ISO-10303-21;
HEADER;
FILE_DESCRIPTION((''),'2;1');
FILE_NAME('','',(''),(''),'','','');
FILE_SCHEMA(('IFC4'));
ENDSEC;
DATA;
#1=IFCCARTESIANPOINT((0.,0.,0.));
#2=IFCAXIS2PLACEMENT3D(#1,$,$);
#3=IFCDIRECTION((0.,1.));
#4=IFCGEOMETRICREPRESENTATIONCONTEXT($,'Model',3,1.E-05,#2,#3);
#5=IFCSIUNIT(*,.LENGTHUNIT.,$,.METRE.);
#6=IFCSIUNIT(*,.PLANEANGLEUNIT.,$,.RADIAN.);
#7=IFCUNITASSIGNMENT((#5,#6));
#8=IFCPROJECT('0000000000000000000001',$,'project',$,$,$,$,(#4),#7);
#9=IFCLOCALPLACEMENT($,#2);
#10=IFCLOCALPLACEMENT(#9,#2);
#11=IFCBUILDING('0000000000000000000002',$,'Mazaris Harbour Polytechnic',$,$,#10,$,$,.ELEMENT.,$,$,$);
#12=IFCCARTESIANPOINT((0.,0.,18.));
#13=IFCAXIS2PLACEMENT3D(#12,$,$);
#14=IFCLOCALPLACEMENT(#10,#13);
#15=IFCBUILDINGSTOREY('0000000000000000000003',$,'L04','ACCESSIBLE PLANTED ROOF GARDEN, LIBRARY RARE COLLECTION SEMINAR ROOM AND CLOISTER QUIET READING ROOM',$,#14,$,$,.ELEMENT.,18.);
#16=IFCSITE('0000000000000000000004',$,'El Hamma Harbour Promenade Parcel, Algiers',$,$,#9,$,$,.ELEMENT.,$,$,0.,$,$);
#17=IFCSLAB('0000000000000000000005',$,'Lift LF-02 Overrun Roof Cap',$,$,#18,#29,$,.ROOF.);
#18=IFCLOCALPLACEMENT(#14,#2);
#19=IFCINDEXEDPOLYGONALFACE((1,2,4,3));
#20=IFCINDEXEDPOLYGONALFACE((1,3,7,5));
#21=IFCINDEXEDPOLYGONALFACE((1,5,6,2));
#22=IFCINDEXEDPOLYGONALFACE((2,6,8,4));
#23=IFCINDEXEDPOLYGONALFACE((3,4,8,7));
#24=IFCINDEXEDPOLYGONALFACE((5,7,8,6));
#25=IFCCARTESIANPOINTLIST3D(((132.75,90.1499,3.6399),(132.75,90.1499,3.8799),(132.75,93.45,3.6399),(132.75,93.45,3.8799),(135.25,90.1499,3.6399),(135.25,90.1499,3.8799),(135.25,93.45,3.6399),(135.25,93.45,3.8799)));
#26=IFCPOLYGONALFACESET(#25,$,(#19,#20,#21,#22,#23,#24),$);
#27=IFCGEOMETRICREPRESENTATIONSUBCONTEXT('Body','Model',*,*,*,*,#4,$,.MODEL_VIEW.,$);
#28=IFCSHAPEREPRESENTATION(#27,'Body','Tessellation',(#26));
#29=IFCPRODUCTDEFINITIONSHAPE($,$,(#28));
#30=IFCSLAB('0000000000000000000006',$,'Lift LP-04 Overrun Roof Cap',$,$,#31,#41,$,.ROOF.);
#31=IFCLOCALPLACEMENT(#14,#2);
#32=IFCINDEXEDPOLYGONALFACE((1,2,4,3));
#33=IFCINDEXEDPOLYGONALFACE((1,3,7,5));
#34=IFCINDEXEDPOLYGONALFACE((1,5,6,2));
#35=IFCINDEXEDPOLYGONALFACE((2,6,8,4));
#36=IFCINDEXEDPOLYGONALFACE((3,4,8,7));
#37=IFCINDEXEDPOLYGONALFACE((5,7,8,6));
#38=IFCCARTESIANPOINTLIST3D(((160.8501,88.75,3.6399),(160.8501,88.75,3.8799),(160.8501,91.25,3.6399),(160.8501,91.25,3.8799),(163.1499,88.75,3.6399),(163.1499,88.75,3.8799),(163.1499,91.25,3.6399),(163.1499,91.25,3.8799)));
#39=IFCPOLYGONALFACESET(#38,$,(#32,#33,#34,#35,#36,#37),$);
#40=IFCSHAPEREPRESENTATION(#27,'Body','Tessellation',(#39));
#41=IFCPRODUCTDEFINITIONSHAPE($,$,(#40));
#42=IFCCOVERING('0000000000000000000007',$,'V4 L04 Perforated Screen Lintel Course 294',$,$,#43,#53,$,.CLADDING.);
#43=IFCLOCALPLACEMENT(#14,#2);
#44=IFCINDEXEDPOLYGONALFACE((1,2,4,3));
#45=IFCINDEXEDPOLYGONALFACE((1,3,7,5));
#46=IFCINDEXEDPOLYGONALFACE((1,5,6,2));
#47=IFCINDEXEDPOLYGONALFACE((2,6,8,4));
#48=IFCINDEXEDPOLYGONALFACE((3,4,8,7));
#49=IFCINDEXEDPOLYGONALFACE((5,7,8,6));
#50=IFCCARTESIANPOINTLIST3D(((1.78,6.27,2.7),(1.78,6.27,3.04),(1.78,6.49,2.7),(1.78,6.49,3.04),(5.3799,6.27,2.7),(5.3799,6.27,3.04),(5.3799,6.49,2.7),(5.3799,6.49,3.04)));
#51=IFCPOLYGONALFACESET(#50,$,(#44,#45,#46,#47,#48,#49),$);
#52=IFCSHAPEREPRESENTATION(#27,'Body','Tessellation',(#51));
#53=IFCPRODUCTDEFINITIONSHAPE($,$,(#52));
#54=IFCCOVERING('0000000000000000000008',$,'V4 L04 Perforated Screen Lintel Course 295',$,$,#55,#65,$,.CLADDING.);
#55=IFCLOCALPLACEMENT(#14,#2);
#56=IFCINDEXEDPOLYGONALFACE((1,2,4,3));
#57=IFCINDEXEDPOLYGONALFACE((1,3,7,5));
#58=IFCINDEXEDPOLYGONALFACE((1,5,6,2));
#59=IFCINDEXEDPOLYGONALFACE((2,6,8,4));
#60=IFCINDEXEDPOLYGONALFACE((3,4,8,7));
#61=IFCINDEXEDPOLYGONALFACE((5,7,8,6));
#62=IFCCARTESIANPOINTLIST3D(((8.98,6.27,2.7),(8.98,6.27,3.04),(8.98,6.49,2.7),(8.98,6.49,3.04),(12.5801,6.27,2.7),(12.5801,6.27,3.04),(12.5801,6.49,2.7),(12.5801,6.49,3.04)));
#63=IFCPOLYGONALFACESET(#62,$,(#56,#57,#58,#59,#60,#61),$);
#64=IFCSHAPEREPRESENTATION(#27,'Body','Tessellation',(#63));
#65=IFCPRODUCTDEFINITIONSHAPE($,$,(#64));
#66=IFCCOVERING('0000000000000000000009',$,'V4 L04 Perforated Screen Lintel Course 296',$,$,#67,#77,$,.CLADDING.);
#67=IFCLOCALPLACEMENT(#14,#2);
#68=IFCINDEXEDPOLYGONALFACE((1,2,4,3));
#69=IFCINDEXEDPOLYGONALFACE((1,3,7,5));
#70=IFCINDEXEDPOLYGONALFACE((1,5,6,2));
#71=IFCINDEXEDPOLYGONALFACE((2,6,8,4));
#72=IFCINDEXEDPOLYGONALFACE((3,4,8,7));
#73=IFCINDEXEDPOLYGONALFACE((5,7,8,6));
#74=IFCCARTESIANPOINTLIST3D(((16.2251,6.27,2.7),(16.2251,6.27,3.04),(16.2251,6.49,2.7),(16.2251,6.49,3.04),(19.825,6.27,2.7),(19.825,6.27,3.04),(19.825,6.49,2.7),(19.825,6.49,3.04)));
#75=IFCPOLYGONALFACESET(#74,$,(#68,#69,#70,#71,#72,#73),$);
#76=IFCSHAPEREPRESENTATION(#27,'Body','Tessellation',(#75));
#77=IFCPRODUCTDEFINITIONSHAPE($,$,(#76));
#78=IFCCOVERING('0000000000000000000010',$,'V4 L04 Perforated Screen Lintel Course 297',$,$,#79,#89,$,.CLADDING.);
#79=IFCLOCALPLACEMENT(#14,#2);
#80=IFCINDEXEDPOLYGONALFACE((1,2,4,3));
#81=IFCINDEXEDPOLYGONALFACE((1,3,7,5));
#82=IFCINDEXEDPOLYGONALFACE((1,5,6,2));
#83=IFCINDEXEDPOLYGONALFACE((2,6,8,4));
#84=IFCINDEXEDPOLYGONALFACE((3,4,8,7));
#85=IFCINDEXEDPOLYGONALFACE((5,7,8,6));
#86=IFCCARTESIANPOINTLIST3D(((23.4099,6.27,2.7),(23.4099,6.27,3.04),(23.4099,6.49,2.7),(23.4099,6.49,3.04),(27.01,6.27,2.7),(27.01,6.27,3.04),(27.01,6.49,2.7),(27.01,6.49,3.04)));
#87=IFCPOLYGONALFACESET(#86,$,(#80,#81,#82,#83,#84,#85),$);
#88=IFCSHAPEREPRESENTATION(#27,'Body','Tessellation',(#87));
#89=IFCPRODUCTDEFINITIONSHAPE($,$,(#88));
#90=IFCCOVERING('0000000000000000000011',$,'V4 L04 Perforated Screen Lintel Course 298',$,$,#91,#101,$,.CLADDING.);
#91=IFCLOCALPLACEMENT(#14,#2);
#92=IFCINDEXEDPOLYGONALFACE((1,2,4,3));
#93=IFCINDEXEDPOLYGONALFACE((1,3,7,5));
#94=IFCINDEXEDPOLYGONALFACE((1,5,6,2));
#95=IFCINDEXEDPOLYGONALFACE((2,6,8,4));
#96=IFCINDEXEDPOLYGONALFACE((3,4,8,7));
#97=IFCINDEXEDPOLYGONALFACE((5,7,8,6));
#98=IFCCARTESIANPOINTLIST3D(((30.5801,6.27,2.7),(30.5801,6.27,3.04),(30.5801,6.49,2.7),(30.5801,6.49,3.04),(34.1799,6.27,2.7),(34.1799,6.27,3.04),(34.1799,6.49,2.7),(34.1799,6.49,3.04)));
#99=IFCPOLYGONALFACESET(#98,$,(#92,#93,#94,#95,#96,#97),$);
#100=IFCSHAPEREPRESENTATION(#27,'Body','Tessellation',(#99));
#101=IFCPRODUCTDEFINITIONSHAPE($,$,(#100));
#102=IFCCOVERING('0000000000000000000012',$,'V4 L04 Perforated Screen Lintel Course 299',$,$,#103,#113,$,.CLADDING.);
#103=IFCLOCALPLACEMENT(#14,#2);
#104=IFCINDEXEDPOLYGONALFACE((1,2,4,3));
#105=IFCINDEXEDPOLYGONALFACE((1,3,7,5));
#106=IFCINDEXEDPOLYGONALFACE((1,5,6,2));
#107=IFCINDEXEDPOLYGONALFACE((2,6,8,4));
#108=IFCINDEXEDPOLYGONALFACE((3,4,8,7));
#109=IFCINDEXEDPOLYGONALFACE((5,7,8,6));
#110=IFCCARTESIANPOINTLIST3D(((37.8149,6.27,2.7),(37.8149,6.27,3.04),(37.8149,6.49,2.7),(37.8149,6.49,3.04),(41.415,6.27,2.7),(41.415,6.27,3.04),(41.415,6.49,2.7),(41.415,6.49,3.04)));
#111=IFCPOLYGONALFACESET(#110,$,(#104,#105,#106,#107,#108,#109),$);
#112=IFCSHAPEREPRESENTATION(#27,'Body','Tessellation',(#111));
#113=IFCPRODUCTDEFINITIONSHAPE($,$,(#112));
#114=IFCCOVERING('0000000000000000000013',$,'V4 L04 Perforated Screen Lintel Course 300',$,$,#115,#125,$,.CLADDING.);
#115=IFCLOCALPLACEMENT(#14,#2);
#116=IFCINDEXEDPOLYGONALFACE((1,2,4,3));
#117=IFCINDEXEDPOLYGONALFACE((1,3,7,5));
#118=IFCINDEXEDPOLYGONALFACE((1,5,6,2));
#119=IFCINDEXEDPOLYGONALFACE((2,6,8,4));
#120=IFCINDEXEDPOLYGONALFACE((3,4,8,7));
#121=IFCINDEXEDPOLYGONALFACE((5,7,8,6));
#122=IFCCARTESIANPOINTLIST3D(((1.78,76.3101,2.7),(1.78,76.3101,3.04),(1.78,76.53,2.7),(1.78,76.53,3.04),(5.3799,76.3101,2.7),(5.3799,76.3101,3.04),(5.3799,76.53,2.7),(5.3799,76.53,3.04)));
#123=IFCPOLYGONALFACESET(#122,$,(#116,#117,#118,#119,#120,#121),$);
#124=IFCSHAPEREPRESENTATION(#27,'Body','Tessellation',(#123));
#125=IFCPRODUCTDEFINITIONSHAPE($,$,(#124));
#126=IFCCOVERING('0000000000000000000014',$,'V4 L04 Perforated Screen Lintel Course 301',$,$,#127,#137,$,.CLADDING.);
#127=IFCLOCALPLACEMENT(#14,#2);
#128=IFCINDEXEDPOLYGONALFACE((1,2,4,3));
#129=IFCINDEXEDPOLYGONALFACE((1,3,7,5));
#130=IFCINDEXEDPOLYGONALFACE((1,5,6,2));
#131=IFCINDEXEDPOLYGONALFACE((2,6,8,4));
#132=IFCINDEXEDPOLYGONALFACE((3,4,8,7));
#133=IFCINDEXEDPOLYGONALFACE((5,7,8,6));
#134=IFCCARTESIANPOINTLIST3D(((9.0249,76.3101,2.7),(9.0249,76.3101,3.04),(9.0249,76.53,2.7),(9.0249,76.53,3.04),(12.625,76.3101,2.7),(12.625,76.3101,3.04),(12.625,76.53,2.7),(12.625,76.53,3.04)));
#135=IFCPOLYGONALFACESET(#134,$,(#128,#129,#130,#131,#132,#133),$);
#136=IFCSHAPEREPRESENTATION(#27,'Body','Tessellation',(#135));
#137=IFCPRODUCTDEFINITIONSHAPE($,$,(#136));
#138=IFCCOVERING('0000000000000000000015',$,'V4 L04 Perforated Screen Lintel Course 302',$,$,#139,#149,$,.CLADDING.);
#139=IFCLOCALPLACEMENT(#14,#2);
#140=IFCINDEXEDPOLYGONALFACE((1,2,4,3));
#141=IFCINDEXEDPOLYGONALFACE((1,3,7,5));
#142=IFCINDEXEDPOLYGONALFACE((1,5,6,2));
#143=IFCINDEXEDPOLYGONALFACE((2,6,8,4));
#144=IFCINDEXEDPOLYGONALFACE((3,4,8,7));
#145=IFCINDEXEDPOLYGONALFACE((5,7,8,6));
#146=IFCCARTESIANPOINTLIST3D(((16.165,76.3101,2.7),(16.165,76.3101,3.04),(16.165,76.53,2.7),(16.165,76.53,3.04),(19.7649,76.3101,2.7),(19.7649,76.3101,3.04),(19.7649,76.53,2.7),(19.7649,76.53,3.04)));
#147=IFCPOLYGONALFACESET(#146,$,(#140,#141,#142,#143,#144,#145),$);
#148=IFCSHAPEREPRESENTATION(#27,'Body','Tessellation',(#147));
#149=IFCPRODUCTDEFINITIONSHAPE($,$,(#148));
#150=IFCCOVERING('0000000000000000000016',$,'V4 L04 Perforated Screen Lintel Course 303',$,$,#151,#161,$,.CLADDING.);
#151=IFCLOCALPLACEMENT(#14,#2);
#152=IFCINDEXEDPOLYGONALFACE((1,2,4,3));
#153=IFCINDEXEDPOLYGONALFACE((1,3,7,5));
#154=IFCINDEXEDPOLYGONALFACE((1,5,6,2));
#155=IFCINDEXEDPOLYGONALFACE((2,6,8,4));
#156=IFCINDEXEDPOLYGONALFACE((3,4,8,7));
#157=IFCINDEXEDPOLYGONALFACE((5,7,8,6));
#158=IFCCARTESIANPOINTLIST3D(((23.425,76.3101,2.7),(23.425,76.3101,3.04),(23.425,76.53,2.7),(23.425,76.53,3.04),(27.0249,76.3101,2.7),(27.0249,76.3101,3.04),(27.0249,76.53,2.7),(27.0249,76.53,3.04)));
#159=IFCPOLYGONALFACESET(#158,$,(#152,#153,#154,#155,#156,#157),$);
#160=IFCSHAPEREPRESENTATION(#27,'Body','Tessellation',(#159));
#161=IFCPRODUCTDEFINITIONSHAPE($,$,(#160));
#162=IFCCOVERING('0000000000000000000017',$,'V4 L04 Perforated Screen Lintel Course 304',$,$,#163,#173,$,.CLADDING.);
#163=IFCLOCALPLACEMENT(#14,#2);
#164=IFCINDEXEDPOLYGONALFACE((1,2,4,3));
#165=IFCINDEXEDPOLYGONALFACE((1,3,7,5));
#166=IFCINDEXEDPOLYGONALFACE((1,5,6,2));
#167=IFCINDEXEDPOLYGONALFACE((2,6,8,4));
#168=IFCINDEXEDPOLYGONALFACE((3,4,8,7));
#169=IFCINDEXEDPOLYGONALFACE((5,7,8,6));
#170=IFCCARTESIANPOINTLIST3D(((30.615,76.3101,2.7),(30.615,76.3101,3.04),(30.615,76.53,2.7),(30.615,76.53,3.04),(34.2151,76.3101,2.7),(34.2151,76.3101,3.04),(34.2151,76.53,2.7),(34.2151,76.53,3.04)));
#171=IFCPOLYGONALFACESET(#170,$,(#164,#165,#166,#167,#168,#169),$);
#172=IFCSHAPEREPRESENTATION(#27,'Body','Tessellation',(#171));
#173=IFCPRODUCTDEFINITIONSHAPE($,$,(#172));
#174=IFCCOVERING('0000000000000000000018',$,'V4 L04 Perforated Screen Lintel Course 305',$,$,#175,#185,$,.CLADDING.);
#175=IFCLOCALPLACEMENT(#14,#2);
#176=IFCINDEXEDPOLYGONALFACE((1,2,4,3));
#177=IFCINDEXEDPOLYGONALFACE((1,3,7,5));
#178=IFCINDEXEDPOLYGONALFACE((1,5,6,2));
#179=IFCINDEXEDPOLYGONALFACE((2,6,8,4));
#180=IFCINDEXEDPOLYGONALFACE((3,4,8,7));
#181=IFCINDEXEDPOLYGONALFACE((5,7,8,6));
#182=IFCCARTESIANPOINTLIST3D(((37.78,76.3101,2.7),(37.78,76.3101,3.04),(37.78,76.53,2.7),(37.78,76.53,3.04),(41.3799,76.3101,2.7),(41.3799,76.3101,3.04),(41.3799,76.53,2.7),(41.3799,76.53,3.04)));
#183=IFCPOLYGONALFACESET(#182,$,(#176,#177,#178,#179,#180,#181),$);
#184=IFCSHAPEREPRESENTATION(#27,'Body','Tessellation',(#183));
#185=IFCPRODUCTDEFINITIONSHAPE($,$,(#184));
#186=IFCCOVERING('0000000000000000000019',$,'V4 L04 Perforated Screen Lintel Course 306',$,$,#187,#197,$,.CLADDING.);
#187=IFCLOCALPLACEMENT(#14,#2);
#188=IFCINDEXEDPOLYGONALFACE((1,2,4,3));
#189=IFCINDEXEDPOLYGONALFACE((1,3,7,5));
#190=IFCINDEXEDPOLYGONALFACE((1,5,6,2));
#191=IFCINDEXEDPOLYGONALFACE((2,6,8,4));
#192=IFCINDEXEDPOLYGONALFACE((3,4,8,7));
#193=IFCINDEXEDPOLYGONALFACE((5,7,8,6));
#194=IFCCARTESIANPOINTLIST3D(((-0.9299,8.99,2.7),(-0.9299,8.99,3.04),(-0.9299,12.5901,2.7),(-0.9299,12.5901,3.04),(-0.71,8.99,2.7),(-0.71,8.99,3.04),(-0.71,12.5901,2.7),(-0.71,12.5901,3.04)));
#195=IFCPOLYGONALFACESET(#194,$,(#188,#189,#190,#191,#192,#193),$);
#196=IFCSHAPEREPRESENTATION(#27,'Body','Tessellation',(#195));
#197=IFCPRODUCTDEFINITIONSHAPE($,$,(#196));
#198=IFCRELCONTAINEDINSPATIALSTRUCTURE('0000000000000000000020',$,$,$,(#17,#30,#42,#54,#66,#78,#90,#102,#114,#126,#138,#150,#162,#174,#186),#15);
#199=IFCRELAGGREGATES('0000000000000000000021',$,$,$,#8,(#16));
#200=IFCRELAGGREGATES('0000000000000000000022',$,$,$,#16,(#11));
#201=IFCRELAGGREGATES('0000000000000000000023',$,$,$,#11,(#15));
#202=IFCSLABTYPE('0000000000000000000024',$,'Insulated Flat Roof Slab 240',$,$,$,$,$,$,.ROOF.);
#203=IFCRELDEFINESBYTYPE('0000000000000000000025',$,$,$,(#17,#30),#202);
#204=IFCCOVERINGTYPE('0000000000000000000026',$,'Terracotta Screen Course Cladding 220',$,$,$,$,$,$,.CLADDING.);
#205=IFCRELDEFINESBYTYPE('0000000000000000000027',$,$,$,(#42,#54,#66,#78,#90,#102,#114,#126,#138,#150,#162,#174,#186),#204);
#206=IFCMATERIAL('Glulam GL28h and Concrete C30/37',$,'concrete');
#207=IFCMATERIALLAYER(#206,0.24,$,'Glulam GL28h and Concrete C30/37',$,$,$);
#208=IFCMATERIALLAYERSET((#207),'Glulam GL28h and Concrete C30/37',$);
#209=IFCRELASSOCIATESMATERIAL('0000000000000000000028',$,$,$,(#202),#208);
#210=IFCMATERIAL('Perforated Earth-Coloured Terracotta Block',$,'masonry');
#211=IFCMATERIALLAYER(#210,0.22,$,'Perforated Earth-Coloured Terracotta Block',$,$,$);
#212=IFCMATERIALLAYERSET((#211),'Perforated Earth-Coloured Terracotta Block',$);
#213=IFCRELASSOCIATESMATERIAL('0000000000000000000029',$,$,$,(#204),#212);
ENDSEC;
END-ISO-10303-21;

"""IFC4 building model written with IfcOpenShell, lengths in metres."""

from ifc_helpers import new_model, si_unit, direction, frame, origin, place, context, subcontext, project, spatial, polyline, outline, extrude, material, layer, layer_set, type_object, element, save


model = new_model("IFC4")

# Units and contexts
model_context = context("Model", 3, precision=1e-05, world=origin(), true_north=direction((0.0, 1.0)))
body_context = subcontext(model_context, "Body", "Model", "MODEL_VIEW")
ifc_project = project(units=[si_unit("LENGTHUNIT", "METRE"), si_unit("PLANEANGLEUNIT", "RADIAN")], contexts=[model_context])

# Site, building, storey
site_placement = place(None, origin())
site = spatial("IfcSite", under=ifc_project, at=site_placement, Name="El Hamma Harbour Promenade Parcel, Algiers", CompositionType="ELEMENT", RefElevation=0.0)
building_placement = place(site_placement, origin())
building = spatial("IfcBuilding", under=site, at=building_placement, Name="Mazaris Harbour Polytechnic", CompositionType="ELEMENT")
storey_placement = place(building_placement, frame((0.0, 0.0, 18.0)))
storey = spatial("IfcBuildingStorey", under=building, at=storey_placement, Name="L04", Description="ACCESSIBLE PLANTED ROOF GARDEN, LIBRARY RARE COLLECTION SEMINAR ROOM AND CLOISTER QUIET READING ROOM", CompositionType="ELEMENT", Elevation=18.0)

# Slabs
ifc_material_1 = material(Name="Glulam GL28h and Concrete C30/37", Category="concrete")
ifc_layer_1 = layer(ifc_material_1, 0.24, Name="Glulam GL28h and Concrete C30/37")
ifc_layer_set_1 = layer_set([ifc_layer_1], Name="Glulam GL28h and Concrete C30/37")
slab_type = type_object("IfcSlabType", Name="Insulated Flat Roof Slab 240", PredefinedType="ROOF", material=ifc_layer_set_1)
slab_1_placement = place(storey_placement, frame((0.0, 0.0, 3.6399)))
element("IfcSlab", 1, at=slab_1_placement, inside=storey, type_object=slab_type, Name="Lift LF-02 Overrun Roof Cap", PredefinedType="ROOF", context=body_context, shape_type="SweptSolid", body=[
    extrude(outline(polyline([(135.25, 90.1499), (135.25, 93.45), (132.75, 93.45), (132.75, 90.1499), (135.25, 90.1499)])), origin(), (0.0, 0.0, 1.0), 0.24),
])
slab_2_placement = place(storey_placement, frame((0.0, 0.0, 3.6399)))
element("IfcSlab", 2, at=slab_2_placement, inside=storey, type_object=slab_type, Name="Lift LP-04 Overrun Roof Cap", PredefinedType="ROOF", context=body_context, shape_type="SweptSolid", body=[
    extrude(outline(polyline([(163.1499, 88.75), (163.1499, 91.25), (160.8501, 91.25), (160.8501, 88.75), (163.1499, 88.75)])), origin(), (0.0, 0.0, 1.0), 0.24),
])

# Coverings
ifc_material_2 = material(Name="Perforated Earth-Coloured Terracotta Block", Category="masonry")
ifc_layer_2 = layer(ifc_material_2, 0.22, Name="Perforated Earth-Coloured Terracotta Block")
ifc_layer_set_2 = layer_set([ifc_layer_2], Name="Perforated Earth-Coloured Terracotta Block")
covering_type = type_object("IfcCoveringType", Name="Terracotta Screen Course Cladding 220", PredefinedType="CLADDING", material=ifc_layer_set_2)
covering_1_placement = place(storey_placement, frame((0.0, 0.0, 2.7)))
element("IfcCovering", 3, at=covering_1_placement, inside=storey, type_object=covering_type, Name="V4 L04 Perforated Screen Lintel Course 294", PredefinedType="CLADDING", context=body_context, shape_type="SweptSolid", body=[
    extrude(outline(polyline([(5.3799, 6.49), (1.78, 6.49), (1.78, 6.27), (5.3799, 6.27), (5.3799, 6.49)])), origin(), (0.0, 0.0, 1.0), 0.3401),
])
covering_2_placement = place(storey_placement, frame((0.0, 0.0, 2.7)))
element("IfcCovering", 4, at=covering_2_placement, inside=storey, type_object=covering_type, Name="V4 L04 Perforated Screen Lintel Course 295", PredefinedType="CLADDING", context=body_context, shape_type="SweptSolid", body=[
    extrude(outline(polyline([(12.5801, 6.49), (8.98, 6.49), (8.98, 6.27), (12.5801, 6.27), (12.5801, 6.49)])), origin(), (0.0, 0.0, 1.0), 0.3401),
])
covering_3_placement = place(storey_placement, frame((0.0, 0.0, 2.7)))
element("IfcCovering", 5, at=covering_3_placement, inside=storey, type_object=covering_type, Name="V4 L04 Perforated Screen Lintel Course 296", PredefinedType="CLADDING", context=body_context, shape_type="SweptSolid", body=[
    extrude(outline(polyline([(19.825, 6.49), (16.2251, 6.49), (16.2251, 6.27), (19.825, 6.27), (19.825, 6.49)])), origin(), (0.0, 0.0, 1.0), 0.3401),
])
covering_4_placement = place(storey_placement, frame((0.0, 0.0, 2.7)))
element("IfcCovering", 6, at=covering_4_placement, inside=storey, type_object=covering_type, Name="V4 L04 Perforated Screen Lintel Course 297", PredefinedType="CLADDING", context=body_context, shape_type="SweptSolid", body=[
    extrude(outline(polyline([(27.01, 6.49), (23.4099, 6.49), (23.4099, 6.27), (27.01, 6.27), (27.01, 6.49)])), origin(), (0.0, 0.0, 1.0), 0.3401),
])
covering_5_placement = place(storey_placement, frame((0.0, 0.0, 2.7)))
element("IfcCovering", 7, at=covering_5_placement, inside=storey, type_object=covering_type, Name="V4 L04 Perforated Screen Lintel Course 298", PredefinedType="CLADDING", context=body_context, shape_type="SweptSolid", body=[
    extrude(outline(polyline([(34.1799, 6.49), (30.5801, 6.49), (30.5801, 6.27), (34.1799, 6.27), (34.1799, 6.49)])), origin(), (0.0, 0.0, 1.0), 0.3401),
])
covering_6_placement = place(storey_placement, frame((0.0, 0.0, 2.7)))
element("IfcCovering", 8, at=covering_6_placement, inside=storey, type_object=covering_type, Name="V4 L04 Perforated Screen Lintel Course 299", PredefinedType="CLADDING", context=body_context, shape_type="SweptSolid", body=[
    extrude(outline(polyline([(41.415, 6.49), (37.8149, 6.49), (37.8149, 6.27), (41.415, 6.27), (41.415, 6.49)])), origin(), (0.0, 0.0, 1.0), 0.3401),
])
covering_7_placement = place(storey_placement, frame((0.0, 0.0, 2.7)))
element("IfcCovering", 9, at=covering_7_placement, inside=storey, type_object=covering_type, Name="V4 L04 Perforated Screen Lintel Course 300", PredefinedType="CLADDING", context=body_context, shape_type="SweptSolid", body=[
    extrude(outline(polyline([(1.78, 76.3101), (5.3799, 76.3101), (5.3799, 76.53), (1.78, 76.53), (1.78, 76.3101)])), origin(), (0.0, 0.0, 1.0), 0.3401),
])
covering_8_placement = place(storey_placement, frame((0.0, 0.0, 2.7)))
element("IfcCovering", 10, at=covering_8_placement, inside=storey, type_object=covering_type, Name="V4 L04 Perforated Screen Lintel Course 301", PredefinedType="CLADDING", context=body_context, shape_type="SweptSolid", body=[
    extrude(outline(polyline([(9.0249, 76.3101), (12.625, 76.3101), (12.625, 76.53), (9.0249, 76.53), (9.0249, 76.3101)])), origin(), (0.0, 0.0, 1.0), 0.3401),
])
covering_9_placement = place(storey_placement, frame((0.0, 0.0, 2.7)))
element("IfcCovering", 11, at=covering_9_placement, inside=storey, type_object=covering_type, Name="V4 L04 Perforated Screen Lintel Course 302", PredefinedType="CLADDING", context=body_context, shape_type="SweptSolid", body=[
    extrude(outline(polyline([(16.165, 76.3101), (19.7649, 76.3101), (19.7649, 76.53), (16.165, 76.53), (16.165, 76.3101)])), origin(), (0.0, 0.0, 1.0), 0.3401),
])
covering_10_placement = place(storey_placement, frame((0.0, 0.0, 2.7)))
element("IfcCovering", 12, at=covering_10_placement, inside=storey, type_object=covering_type, Name="V4 L04 Perforated Screen Lintel Course 303", PredefinedType="CLADDING", context=body_context, shape_type="SweptSolid", body=[
    extrude(outline(polyline([(23.425, 76.3101), (27.0249, 76.3101), (27.0249, 76.53), (23.425, 76.53), (23.425, 76.3101)])), origin(), (0.0, 0.0, 1.0), 0.3401),
])
covering_11_placement = place(storey_placement, frame((0.0, 0.0, 2.7)))
element("IfcCovering", 13, at=covering_11_placement, inside=storey, type_object=covering_type, Name="V4 L04 Perforated Screen Lintel Course 304", PredefinedType="CLADDING", context=body_context, shape_type="SweptSolid", body=[
    extrude(outline(polyline([(30.615, 76.3101), (34.2151, 76.3101), (34.2151, 76.53), (30.615, 76.53), (30.615, 76.3101)])), origin(), (0.0, 0.0, 1.0), 0.3401),
])
covering_12_placement = place(storey_placement, frame((0.0, 0.0, 2.7)))
element("IfcCovering", 14, at=covering_12_placement, inside=storey, type_object=covering_type, Name="V4 L04 Perforated Screen Lintel Course 305", PredefinedType="CLADDING", context=body_context, shape_type="SweptSolid", body=[
    extrude(outline(polyline([(37.78, 76.3101), (41.3799, 76.3101), (41.3799, 76.53), (37.78, 76.53), (37.78, 76.3101)])), origin(), (0.0, 0.0, 1.0), 0.3401),
])
covering_13_placement = place(storey_placement, frame((0.0, 0.0, 2.7)))
element("IfcCovering", 15, at=covering_13_placement, inside=storey, type_object=covering_type, Name="V4 L04 Perforated Screen Lintel Course 306", PredefinedType="CLADDING", context=body_context, shape_type="SweptSolid", body=[
    extrude(outline(polyline([(-0.71, 8.99), (-0.71, 12.5901), (-0.9299, 12.5901), (-0.9299, 8.99), (-0.71, 8.99)])), origin(), (0.0, 0.0, 1.0), 0.3401),
])

save(model, "model.ifc")
